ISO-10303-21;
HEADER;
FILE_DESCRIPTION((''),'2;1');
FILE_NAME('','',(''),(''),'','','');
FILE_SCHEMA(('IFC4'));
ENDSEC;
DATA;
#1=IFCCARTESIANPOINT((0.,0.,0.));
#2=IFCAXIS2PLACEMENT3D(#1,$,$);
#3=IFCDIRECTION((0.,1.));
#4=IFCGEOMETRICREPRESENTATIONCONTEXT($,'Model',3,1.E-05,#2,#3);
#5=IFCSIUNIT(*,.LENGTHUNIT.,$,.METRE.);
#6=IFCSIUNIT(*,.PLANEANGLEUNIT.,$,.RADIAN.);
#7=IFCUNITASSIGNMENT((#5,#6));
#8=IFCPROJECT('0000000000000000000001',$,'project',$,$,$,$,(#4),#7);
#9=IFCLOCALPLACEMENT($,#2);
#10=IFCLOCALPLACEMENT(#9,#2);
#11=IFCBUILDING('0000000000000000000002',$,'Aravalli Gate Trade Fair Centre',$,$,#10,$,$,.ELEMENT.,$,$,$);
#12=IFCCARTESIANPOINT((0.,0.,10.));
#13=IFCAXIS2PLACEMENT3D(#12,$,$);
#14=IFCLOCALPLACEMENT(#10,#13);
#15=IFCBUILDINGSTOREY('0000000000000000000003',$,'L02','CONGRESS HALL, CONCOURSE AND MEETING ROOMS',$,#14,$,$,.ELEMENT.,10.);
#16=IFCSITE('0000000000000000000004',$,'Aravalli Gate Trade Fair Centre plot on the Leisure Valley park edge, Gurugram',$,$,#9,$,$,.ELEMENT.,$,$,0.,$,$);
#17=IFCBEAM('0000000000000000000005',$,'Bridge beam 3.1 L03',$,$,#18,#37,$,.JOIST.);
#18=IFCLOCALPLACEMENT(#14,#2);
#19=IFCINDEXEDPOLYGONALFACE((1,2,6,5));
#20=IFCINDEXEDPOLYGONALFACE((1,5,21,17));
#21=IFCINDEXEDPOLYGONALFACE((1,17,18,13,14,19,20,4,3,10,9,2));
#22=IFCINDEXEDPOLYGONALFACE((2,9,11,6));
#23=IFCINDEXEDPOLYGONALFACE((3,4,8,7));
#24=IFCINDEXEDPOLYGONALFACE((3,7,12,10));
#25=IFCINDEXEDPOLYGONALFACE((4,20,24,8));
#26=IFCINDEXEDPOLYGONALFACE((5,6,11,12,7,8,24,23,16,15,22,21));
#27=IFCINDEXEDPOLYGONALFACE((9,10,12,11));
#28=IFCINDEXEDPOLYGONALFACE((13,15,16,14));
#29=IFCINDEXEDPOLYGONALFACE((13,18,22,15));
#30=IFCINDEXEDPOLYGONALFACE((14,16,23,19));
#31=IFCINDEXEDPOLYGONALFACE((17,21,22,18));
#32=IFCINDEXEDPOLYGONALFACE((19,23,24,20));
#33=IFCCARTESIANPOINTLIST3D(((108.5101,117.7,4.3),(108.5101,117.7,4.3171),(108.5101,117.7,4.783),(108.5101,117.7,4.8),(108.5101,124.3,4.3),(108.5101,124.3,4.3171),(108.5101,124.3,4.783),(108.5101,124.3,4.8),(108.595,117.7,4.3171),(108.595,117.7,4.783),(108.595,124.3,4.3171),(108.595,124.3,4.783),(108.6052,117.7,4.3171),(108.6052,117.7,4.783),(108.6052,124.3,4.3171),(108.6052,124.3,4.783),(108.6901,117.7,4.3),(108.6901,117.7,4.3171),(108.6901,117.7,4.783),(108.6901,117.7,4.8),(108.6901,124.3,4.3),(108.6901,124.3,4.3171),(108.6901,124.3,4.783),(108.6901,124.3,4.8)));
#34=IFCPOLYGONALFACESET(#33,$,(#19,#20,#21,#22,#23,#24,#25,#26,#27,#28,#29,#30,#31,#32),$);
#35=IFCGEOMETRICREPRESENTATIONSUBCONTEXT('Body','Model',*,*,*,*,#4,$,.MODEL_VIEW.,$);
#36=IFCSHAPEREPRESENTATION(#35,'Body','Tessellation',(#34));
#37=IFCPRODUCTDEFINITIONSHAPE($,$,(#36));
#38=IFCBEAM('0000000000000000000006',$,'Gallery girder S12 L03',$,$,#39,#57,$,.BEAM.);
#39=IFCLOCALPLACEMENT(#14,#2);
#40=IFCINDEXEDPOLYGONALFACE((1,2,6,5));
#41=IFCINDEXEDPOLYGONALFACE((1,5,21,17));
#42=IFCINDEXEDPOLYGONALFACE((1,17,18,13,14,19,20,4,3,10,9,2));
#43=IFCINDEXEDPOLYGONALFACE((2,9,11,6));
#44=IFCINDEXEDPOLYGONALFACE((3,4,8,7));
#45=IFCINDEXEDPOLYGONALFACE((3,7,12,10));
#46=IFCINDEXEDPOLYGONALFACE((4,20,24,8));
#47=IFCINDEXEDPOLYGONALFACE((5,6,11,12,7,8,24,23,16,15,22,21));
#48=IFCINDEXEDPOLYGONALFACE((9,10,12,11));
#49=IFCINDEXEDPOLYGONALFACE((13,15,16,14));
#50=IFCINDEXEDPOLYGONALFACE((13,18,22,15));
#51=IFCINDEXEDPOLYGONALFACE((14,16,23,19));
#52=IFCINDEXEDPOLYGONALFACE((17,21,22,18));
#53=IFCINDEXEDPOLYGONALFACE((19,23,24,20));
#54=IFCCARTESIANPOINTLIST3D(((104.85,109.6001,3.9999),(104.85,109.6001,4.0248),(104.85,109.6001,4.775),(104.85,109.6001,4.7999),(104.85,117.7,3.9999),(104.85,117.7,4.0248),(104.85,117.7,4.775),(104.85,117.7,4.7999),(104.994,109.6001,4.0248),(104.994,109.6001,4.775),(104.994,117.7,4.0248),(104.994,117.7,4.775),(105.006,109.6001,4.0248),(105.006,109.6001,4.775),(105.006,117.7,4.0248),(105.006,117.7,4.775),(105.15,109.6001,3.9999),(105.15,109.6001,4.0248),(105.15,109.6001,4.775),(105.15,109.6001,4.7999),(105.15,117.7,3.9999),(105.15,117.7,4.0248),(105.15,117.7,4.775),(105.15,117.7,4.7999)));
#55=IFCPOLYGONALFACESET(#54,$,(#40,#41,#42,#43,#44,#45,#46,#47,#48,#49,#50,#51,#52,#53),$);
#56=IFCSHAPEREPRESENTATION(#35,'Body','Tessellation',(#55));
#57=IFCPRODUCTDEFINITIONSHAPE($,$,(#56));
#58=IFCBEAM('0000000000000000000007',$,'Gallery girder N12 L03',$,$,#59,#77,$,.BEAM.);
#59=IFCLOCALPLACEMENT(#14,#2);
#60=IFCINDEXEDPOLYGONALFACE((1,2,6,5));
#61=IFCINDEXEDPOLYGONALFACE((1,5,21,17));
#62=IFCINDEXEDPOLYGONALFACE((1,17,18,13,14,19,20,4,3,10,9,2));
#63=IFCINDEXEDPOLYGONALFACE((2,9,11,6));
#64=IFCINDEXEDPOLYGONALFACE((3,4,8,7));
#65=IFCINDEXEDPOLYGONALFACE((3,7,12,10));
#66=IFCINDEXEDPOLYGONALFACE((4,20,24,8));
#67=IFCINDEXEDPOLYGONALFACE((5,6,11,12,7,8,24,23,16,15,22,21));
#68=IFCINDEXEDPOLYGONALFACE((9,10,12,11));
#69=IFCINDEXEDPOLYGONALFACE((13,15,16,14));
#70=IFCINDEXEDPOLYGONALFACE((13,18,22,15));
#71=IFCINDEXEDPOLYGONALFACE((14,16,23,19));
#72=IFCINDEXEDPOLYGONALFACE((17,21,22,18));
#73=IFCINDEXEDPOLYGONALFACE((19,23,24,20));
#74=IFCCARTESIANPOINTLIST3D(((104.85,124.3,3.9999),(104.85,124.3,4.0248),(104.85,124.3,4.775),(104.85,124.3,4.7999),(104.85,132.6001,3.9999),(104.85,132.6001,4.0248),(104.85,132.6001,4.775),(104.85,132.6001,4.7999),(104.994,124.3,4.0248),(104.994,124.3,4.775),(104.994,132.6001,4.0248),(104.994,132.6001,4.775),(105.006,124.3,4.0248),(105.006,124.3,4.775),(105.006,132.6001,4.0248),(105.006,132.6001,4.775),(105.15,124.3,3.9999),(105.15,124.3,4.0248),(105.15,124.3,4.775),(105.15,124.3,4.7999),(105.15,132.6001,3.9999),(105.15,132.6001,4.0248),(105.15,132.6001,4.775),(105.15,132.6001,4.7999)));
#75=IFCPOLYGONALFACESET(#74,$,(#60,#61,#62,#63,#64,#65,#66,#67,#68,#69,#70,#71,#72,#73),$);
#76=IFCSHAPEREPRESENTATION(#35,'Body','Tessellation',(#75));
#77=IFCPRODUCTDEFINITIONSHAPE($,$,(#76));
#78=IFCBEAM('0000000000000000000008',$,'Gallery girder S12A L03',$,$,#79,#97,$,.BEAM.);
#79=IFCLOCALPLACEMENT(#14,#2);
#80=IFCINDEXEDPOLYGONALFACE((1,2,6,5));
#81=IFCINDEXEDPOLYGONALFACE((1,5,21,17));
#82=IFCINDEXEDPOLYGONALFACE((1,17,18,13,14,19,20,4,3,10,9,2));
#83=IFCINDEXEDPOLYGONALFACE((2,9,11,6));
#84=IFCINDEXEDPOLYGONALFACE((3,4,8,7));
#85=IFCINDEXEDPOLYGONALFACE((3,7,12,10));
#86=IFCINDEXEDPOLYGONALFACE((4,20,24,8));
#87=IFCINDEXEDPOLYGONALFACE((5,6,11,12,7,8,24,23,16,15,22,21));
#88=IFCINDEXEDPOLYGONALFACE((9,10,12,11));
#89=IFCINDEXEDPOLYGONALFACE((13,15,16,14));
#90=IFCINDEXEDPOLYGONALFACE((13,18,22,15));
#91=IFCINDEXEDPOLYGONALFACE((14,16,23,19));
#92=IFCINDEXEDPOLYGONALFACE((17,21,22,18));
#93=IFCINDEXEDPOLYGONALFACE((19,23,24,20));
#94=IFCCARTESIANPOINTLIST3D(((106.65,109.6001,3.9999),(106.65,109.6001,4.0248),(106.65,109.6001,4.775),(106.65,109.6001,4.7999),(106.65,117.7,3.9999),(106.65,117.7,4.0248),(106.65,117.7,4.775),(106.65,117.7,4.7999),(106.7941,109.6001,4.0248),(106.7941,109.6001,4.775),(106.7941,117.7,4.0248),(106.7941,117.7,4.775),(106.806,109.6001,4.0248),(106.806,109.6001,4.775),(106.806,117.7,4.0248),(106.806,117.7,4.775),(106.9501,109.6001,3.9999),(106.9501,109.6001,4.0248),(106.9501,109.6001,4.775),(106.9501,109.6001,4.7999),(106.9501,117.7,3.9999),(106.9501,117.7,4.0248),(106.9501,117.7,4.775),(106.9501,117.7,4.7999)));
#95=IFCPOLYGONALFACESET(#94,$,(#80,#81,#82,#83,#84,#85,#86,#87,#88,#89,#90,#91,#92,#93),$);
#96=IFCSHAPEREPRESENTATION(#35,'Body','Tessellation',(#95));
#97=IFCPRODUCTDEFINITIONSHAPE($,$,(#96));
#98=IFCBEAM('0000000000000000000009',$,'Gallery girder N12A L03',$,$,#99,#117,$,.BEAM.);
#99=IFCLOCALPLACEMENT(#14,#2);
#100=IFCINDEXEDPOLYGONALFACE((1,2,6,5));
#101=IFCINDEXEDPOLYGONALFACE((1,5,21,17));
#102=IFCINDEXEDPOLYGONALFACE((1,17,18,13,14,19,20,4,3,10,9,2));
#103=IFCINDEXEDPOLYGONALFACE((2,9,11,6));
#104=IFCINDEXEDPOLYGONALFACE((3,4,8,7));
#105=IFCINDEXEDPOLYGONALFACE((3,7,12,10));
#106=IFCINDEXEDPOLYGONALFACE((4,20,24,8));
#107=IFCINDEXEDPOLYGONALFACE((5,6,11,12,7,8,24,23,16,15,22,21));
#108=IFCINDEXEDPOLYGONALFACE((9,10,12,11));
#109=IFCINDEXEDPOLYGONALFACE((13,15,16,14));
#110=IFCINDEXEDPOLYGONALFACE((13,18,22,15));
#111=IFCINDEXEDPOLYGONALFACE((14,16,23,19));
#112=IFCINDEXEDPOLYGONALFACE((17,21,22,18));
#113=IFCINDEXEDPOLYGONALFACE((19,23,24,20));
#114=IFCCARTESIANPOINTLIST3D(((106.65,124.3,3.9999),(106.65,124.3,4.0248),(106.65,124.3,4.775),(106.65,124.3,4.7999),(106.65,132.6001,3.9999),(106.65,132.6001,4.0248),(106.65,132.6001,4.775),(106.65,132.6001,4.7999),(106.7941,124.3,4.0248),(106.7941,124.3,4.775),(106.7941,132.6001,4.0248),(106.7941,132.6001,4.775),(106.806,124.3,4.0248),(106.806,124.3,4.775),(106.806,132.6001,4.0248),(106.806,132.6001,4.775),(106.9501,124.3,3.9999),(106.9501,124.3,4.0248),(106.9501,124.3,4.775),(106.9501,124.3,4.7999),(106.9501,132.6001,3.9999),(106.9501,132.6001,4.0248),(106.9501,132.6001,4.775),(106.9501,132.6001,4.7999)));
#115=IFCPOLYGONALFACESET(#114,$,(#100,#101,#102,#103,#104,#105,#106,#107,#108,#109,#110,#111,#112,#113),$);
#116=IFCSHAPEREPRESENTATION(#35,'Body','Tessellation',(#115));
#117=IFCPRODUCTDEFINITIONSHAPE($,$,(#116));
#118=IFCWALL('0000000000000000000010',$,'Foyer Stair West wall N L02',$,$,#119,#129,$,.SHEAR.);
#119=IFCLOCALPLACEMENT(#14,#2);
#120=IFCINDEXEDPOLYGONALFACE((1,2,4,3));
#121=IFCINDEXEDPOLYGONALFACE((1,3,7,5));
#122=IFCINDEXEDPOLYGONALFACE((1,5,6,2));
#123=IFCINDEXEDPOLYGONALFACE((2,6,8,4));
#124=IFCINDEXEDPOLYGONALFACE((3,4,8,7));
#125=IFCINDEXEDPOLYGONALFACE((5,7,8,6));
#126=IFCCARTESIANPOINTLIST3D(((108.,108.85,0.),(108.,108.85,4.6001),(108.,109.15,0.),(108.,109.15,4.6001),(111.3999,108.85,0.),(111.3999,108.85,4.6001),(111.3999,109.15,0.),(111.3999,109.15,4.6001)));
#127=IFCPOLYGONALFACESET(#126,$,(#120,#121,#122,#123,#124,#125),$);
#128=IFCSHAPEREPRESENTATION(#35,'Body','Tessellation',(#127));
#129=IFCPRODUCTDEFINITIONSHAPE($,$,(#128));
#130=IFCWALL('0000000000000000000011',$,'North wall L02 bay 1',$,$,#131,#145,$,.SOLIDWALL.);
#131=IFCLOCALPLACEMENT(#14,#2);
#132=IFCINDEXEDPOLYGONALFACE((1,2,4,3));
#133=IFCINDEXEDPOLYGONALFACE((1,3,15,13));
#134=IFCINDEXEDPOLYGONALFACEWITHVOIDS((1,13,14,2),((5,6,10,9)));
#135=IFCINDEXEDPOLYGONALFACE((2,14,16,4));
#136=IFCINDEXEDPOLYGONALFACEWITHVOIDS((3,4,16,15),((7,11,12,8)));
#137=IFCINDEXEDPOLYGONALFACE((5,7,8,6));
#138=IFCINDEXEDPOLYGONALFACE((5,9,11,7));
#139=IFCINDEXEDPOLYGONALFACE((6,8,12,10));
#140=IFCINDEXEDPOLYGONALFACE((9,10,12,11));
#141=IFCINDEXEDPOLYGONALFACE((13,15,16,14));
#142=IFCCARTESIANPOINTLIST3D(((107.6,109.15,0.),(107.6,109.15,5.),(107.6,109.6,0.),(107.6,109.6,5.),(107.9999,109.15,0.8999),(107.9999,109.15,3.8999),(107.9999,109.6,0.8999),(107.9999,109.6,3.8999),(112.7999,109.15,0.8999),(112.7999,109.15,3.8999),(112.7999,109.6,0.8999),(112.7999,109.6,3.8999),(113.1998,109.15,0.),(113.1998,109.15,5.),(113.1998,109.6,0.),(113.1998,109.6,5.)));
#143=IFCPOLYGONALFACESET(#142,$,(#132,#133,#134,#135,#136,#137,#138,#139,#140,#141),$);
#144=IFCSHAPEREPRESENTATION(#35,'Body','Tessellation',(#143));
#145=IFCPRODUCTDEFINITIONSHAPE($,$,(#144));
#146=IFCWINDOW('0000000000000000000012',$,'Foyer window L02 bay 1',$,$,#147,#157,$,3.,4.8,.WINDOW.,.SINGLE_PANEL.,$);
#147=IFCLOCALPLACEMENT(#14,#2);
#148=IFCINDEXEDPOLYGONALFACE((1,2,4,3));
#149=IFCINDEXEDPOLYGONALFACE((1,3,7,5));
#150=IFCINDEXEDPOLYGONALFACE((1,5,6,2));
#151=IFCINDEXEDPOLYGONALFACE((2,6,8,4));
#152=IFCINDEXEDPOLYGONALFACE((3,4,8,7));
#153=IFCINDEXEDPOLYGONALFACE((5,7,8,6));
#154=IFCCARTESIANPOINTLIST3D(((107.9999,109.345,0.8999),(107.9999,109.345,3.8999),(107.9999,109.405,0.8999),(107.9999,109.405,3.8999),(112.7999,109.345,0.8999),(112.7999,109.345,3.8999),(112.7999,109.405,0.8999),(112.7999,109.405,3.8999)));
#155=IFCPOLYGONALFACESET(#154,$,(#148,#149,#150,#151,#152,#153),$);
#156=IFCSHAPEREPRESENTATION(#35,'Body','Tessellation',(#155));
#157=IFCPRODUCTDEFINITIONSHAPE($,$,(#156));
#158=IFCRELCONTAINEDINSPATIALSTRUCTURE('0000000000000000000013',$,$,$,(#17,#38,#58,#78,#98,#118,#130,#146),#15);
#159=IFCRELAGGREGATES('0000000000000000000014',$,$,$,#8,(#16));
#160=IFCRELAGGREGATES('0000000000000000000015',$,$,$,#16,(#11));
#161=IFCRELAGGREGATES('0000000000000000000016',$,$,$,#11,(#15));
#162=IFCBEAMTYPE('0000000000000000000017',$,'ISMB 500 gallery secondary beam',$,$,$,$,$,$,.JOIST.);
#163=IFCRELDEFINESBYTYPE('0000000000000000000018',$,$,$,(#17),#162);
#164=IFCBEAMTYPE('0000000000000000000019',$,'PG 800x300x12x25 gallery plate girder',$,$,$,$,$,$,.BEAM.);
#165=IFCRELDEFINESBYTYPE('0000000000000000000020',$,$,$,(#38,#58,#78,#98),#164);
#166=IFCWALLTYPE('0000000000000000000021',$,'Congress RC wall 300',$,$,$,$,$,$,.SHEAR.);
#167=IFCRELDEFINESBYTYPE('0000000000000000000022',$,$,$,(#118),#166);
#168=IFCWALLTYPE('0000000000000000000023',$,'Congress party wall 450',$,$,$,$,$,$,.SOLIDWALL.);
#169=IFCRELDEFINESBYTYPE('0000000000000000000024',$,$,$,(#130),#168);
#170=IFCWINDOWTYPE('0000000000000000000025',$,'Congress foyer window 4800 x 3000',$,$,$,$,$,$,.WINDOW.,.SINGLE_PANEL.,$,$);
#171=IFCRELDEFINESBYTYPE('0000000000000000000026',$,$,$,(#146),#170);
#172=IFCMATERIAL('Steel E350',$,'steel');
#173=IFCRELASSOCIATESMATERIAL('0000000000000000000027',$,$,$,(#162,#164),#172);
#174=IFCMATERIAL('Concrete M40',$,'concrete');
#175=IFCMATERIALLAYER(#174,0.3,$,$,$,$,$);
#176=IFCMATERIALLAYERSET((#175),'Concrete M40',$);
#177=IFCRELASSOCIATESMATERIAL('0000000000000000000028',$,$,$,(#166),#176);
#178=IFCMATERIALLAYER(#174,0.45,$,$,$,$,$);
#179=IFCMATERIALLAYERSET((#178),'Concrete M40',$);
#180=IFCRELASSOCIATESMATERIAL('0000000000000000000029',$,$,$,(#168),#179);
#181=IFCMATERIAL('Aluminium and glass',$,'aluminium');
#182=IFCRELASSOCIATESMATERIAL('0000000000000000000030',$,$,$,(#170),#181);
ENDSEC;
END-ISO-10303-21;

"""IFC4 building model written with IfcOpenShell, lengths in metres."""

from ifc_helpers import new_model, si_unit, direction, frame, frame_2d, origin, origin_2d, place, context, subcontext, project, spatial, rectangle, i_section, extrude, material, layer, layer_set, material_profile, profile_set, type_object, element, fill, save


model = new_model("IFC4")

# Units and contexts
model_context = context("Model", 3, precision=1e-05, world=origin(), true_north=direction((0.0, 1.0)))
body_context = subcontext(model_context, "Body", "Model", "MODEL_VIEW")
ifc_project = project(units=[si_unit("LENGTHUNIT", "METRE"), si_unit("PLANEANGLEUNIT", "RADIAN")], contexts=[model_context])

# Site, building, storey
site_placement = place(None, origin())
site = spatial("IfcSite", under=ifc_project, at=site_placement, Name="Aravalli Gate Trade Fair Centre plot on the Leisure Valley park edge, Gurugram", CompositionType="ELEMENT", RefElevation=0.0)
building_placement = place(site_placement, origin())
building = spatial("IfcBuilding", under=site, at=building_placement, Name="Aravalli Gate Trade Fair Centre", CompositionType="ELEMENT")
storey_placement = place(building_placement, frame((0.0, 0.0, 10.0)))
storey = spatial("IfcBuildingStorey", under=building, at=storey_placement, Name="L02", Description="CONGRESS HALL, CONCOURSE AND MEETING ROOMS", CompositionType="ELEMENT", Elevation=10.0)

# Beams
ifc_material_1 = material(Name="Steel E350", Category="steel")
ifc_material_profile_1 = material_profile(ifc_material_1, i_section(OverallWidth=0.1799, OverallDepth=0.5, WebThickness=0.0103, FlangeThickness=0.0171, at=origin_2d()), Name="ISMB 500")
ifc_profile_set_1 = profile_set([ifc_material_profile_1], Name="Steel E350")
beam_type_1 = type_object("IfcBeamType", Name="ISMB 500 gallery secondary beam", PredefinedType="JOIST", material=ifc_profile_set_1)
beam_1_placement = place(storey_placement, frame((108.6001, 117.7, 4.55), z_axis=(0.0, 1.0, 0.0), x_axis=(-1.0, 0.0, 0.0)))
element("IfcBeam", 1, at=beam_1_placement, inside=storey, type_object=beam_type_1, Name="Bridge beam 3.1 L03", PredefinedType="JOIST", context=body_context, shape_type="SweptSolid", body=[
    extrude(i_section(OverallWidth=0.1799, OverallDepth=0.5, WebThickness=0.0103, FlangeThickness=0.0171, at=origin_2d()), origin(), (0.0, 0.0, 1.0), 6.6001),
])
ifc_material_profile_2 = material_profile(ifc_material_1, i_section(OverallWidth=0.3, OverallDepth=0.8, WebThickness=0.012, FlangeThickness=0.0249, at=origin_2d()), Name="PG 800x300x12x25")
ifc_profile_set_2 = profile_set([ifc_material_profile_2], Name="Steel E350")
beam_type_2 = type_object("IfcBeamType", Name="PG 800x300x12x25 gallery plate girder", PredefinedType="BEAM", material=ifc_profile_set_2)
beam_2_placement = place(storey_placement, frame((105.0, 109.6001, 4.3999), z_axis=(0.0, 1.0, 0.0), x_axis=(-1.0, 0.0, 0.0)))
element("IfcBeam", 2, at=beam_2_placement, inside=storey, type_object=beam_type_2, Name="Gallery girder S12 L03", PredefinedType="BEAM", context=body_context, shape_type="SweptSolid", body=[
    extrude(i_section(OverallWidth=0.3, OverallDepth=0.8, WebThickness=0.012, FlangeThickness=0.0249, at=origin_2d()), origin(), (0.0, 0.0, 1.0), 8.0999),
])
beam_3_placement = place(storey_placement, frame((105.0, 124.3, 4.3999), z_axis=(0.0, 1.0, 0.0), x_axis=(-1.0, 0.0, 0.0)))
element("IfcBeam", 3, at=beam_3_placement, inside=storey, type_object=beam_type_2, Name="Gallery girder N12 L03", PredefinedType="BEAM", context=body_context, shape_type="SweptSolid", body=[
    extrude(i_section(OverallWidth=0.3, OverallDepth=0.8, WebThickness=0.012, FlangeThickness=0.0249, at=origin_2d()), origin(), (0.0, 0.0, 1.0), 8.3),
])
beam_4_placement = place(storey_placement, frame((106.8, 109.6001, 4.3999), z_axis=(0.0, 1.0, 0.0), x_axis=(-1.0, 0.0, 0.0)))
element("IfcBeam", 4, at=beam_4_placement, inside=storey, type_object=beam_type_2, Name="Gallery girder S12A L03", PredefinedType="BEAM", context=body_context, shape_type="SweptSolid", body=[
    extrude(i_section(OverallWidth=0.3, OverallDepth=0.8, WebThickness=0.012, FlangeThickness=0.0249, at=origin_2d()), origin(), (0.0, 0.0, 1.0), 8.0999),
])
beam_5_placement = place(storey_placement, frame((106.8, 124.3, 4.3999), z_axis=(0.0, 1.0, 0.0), x_axis=(-1.0, 0.0, 0.0)))
element("IfcBeam", 5, at=beam_5_placement, inside=storey, type_object=beam_type_2, Name="Gallery girder N12A L03", PredefinedType="BEAM", context=body_context, shape_type="SweptSolid", body=[
    extrude(i_section(OverallWidth=0.3, OverallDepth=0.8, WebThickness=0.012, FlangeThickness=0.0249, at=origin_2d()), origin(), (0.0, 0.0, 1.0), 8.3),
])

# Wall
ifc_material_2 = material(Name="Concrete M40", Category="concrete")
ifc_layer_1 = layer(ifc_material_2, 0.3)
ifc_layer_set_1 = layer_set([ifc_layer_1], Name="Concrete M40")
wall_type_1 = type_object("IfcWallType", Name="Congress RC wall 300", PredefinedType="SHEAR", material=ifc_layer_set_1)
wall_1_placement = place(storey_placement, frame((108.0, 109.0, 0.0), z_axis=(0.0, 0.0, 1.0), x_axis=(1.0, 0.0, 0.0)))
element("IfcWall", 6, at=wall_1_placement, inside=storey, type_object=wall_type_1, Name="Foyer Stair West wall N L02", PredefinedType="SHEAR", context=body_context, shape_type="SweptSolid", body=[
    extrude(rectangle(XDim=3.3999, YDim=0.3, at=frame_2d((1.7, 0.0))), origin(), (0.0, 0.0, 1.0), 4.6001),
])

# Wall, opening, window
ifc_layer_2 = layer(ifc_material_2, 0.45)
ifc_layer_set_2 = layer_set([ifc_layer_2], Name="Concrete M40")
wall_type_2 = type_object("IfcWallType", Name="Congress party wall 450", PredefinedType="SOLIDWALL", material=ifc_layer_set_2)
wall_2_placement = place(storey_placement, frame((107.6001, 109.375, 0.0), z_axis=(0.0, 0.0, 1.0), x_axis=(1.0, 0.0, 0.0)))
wall_2 = element("IfcWall", 7, at=wall_2_placement, inside=storey, type_object=wall_type_2, Name="North wall L02 bay 1", PredefinedType="SOLIDWALL", context=body_context, shape_type="SweptSolid", body=[
    extrude(rectangle(XDim=5.5999, YDim=0.45, at=frame_2d((2.7998, 0.0))), origin(), (0.0, 0.0, 1.0), 5.0),
])
opening_1_placement = place(wall_2_placement, frame((0.3999, 0.0, 0.8999)))
opening_1 = element("IfcOpeningElement", 8, at=opening_1_placement, cuts=wall_2, PredefinedType="OPENING", context=body_context, shape_type="SweptSolid", body=[
    extrude(rectangle(XDim=4.8, YDim=3.0, at=frame_2d((2.3999, 1.5))), frame((0.0, 0.2349, 0.0), z_axis=(0.0, -1.0, 0.0), x_axis=(1.0, 0.0, 0.0)), (0.0, 0.0, 1.0), 0.47),
])
ifc_material_3 = material(Name="Aluminium and glass", Category="aluminium")
window_type_1 = type_object("IfcWindowType", Name="Congress foyer window 4800 x 3000", PartitioningType="SINGLE_PANEL", PredefinedType="WINDOW", material=ifc_material_3)
window_1_placement = place(opening_1_placement, origin())
window_1 = element("IfcWindow", 9, at=window_1_placement, inside=storey, type_object=window_type_1, Name="Foyer window L02 bay 1", OverallHeight=3.0, OverallWidth=4.8, PartitioningType="SINGLE_PANEL", PredefinedType="WINDOW", context=body_context, shape_type="SweptSolid", body=[
    extrude(rectangle(XDim=4.8, YDim=3.0, at=frame_2d((2.3999, 1.5))), frame((0.0, 0.03, 0.0), z_axis=(0.0, -1.0, 0.0), x_axis=(1.0, 0.0, 0.0)), (0.0, 0.0, 1.0), 0.0601),
])
fill(opening_1, window_1)

save(model, "model.ifc")
